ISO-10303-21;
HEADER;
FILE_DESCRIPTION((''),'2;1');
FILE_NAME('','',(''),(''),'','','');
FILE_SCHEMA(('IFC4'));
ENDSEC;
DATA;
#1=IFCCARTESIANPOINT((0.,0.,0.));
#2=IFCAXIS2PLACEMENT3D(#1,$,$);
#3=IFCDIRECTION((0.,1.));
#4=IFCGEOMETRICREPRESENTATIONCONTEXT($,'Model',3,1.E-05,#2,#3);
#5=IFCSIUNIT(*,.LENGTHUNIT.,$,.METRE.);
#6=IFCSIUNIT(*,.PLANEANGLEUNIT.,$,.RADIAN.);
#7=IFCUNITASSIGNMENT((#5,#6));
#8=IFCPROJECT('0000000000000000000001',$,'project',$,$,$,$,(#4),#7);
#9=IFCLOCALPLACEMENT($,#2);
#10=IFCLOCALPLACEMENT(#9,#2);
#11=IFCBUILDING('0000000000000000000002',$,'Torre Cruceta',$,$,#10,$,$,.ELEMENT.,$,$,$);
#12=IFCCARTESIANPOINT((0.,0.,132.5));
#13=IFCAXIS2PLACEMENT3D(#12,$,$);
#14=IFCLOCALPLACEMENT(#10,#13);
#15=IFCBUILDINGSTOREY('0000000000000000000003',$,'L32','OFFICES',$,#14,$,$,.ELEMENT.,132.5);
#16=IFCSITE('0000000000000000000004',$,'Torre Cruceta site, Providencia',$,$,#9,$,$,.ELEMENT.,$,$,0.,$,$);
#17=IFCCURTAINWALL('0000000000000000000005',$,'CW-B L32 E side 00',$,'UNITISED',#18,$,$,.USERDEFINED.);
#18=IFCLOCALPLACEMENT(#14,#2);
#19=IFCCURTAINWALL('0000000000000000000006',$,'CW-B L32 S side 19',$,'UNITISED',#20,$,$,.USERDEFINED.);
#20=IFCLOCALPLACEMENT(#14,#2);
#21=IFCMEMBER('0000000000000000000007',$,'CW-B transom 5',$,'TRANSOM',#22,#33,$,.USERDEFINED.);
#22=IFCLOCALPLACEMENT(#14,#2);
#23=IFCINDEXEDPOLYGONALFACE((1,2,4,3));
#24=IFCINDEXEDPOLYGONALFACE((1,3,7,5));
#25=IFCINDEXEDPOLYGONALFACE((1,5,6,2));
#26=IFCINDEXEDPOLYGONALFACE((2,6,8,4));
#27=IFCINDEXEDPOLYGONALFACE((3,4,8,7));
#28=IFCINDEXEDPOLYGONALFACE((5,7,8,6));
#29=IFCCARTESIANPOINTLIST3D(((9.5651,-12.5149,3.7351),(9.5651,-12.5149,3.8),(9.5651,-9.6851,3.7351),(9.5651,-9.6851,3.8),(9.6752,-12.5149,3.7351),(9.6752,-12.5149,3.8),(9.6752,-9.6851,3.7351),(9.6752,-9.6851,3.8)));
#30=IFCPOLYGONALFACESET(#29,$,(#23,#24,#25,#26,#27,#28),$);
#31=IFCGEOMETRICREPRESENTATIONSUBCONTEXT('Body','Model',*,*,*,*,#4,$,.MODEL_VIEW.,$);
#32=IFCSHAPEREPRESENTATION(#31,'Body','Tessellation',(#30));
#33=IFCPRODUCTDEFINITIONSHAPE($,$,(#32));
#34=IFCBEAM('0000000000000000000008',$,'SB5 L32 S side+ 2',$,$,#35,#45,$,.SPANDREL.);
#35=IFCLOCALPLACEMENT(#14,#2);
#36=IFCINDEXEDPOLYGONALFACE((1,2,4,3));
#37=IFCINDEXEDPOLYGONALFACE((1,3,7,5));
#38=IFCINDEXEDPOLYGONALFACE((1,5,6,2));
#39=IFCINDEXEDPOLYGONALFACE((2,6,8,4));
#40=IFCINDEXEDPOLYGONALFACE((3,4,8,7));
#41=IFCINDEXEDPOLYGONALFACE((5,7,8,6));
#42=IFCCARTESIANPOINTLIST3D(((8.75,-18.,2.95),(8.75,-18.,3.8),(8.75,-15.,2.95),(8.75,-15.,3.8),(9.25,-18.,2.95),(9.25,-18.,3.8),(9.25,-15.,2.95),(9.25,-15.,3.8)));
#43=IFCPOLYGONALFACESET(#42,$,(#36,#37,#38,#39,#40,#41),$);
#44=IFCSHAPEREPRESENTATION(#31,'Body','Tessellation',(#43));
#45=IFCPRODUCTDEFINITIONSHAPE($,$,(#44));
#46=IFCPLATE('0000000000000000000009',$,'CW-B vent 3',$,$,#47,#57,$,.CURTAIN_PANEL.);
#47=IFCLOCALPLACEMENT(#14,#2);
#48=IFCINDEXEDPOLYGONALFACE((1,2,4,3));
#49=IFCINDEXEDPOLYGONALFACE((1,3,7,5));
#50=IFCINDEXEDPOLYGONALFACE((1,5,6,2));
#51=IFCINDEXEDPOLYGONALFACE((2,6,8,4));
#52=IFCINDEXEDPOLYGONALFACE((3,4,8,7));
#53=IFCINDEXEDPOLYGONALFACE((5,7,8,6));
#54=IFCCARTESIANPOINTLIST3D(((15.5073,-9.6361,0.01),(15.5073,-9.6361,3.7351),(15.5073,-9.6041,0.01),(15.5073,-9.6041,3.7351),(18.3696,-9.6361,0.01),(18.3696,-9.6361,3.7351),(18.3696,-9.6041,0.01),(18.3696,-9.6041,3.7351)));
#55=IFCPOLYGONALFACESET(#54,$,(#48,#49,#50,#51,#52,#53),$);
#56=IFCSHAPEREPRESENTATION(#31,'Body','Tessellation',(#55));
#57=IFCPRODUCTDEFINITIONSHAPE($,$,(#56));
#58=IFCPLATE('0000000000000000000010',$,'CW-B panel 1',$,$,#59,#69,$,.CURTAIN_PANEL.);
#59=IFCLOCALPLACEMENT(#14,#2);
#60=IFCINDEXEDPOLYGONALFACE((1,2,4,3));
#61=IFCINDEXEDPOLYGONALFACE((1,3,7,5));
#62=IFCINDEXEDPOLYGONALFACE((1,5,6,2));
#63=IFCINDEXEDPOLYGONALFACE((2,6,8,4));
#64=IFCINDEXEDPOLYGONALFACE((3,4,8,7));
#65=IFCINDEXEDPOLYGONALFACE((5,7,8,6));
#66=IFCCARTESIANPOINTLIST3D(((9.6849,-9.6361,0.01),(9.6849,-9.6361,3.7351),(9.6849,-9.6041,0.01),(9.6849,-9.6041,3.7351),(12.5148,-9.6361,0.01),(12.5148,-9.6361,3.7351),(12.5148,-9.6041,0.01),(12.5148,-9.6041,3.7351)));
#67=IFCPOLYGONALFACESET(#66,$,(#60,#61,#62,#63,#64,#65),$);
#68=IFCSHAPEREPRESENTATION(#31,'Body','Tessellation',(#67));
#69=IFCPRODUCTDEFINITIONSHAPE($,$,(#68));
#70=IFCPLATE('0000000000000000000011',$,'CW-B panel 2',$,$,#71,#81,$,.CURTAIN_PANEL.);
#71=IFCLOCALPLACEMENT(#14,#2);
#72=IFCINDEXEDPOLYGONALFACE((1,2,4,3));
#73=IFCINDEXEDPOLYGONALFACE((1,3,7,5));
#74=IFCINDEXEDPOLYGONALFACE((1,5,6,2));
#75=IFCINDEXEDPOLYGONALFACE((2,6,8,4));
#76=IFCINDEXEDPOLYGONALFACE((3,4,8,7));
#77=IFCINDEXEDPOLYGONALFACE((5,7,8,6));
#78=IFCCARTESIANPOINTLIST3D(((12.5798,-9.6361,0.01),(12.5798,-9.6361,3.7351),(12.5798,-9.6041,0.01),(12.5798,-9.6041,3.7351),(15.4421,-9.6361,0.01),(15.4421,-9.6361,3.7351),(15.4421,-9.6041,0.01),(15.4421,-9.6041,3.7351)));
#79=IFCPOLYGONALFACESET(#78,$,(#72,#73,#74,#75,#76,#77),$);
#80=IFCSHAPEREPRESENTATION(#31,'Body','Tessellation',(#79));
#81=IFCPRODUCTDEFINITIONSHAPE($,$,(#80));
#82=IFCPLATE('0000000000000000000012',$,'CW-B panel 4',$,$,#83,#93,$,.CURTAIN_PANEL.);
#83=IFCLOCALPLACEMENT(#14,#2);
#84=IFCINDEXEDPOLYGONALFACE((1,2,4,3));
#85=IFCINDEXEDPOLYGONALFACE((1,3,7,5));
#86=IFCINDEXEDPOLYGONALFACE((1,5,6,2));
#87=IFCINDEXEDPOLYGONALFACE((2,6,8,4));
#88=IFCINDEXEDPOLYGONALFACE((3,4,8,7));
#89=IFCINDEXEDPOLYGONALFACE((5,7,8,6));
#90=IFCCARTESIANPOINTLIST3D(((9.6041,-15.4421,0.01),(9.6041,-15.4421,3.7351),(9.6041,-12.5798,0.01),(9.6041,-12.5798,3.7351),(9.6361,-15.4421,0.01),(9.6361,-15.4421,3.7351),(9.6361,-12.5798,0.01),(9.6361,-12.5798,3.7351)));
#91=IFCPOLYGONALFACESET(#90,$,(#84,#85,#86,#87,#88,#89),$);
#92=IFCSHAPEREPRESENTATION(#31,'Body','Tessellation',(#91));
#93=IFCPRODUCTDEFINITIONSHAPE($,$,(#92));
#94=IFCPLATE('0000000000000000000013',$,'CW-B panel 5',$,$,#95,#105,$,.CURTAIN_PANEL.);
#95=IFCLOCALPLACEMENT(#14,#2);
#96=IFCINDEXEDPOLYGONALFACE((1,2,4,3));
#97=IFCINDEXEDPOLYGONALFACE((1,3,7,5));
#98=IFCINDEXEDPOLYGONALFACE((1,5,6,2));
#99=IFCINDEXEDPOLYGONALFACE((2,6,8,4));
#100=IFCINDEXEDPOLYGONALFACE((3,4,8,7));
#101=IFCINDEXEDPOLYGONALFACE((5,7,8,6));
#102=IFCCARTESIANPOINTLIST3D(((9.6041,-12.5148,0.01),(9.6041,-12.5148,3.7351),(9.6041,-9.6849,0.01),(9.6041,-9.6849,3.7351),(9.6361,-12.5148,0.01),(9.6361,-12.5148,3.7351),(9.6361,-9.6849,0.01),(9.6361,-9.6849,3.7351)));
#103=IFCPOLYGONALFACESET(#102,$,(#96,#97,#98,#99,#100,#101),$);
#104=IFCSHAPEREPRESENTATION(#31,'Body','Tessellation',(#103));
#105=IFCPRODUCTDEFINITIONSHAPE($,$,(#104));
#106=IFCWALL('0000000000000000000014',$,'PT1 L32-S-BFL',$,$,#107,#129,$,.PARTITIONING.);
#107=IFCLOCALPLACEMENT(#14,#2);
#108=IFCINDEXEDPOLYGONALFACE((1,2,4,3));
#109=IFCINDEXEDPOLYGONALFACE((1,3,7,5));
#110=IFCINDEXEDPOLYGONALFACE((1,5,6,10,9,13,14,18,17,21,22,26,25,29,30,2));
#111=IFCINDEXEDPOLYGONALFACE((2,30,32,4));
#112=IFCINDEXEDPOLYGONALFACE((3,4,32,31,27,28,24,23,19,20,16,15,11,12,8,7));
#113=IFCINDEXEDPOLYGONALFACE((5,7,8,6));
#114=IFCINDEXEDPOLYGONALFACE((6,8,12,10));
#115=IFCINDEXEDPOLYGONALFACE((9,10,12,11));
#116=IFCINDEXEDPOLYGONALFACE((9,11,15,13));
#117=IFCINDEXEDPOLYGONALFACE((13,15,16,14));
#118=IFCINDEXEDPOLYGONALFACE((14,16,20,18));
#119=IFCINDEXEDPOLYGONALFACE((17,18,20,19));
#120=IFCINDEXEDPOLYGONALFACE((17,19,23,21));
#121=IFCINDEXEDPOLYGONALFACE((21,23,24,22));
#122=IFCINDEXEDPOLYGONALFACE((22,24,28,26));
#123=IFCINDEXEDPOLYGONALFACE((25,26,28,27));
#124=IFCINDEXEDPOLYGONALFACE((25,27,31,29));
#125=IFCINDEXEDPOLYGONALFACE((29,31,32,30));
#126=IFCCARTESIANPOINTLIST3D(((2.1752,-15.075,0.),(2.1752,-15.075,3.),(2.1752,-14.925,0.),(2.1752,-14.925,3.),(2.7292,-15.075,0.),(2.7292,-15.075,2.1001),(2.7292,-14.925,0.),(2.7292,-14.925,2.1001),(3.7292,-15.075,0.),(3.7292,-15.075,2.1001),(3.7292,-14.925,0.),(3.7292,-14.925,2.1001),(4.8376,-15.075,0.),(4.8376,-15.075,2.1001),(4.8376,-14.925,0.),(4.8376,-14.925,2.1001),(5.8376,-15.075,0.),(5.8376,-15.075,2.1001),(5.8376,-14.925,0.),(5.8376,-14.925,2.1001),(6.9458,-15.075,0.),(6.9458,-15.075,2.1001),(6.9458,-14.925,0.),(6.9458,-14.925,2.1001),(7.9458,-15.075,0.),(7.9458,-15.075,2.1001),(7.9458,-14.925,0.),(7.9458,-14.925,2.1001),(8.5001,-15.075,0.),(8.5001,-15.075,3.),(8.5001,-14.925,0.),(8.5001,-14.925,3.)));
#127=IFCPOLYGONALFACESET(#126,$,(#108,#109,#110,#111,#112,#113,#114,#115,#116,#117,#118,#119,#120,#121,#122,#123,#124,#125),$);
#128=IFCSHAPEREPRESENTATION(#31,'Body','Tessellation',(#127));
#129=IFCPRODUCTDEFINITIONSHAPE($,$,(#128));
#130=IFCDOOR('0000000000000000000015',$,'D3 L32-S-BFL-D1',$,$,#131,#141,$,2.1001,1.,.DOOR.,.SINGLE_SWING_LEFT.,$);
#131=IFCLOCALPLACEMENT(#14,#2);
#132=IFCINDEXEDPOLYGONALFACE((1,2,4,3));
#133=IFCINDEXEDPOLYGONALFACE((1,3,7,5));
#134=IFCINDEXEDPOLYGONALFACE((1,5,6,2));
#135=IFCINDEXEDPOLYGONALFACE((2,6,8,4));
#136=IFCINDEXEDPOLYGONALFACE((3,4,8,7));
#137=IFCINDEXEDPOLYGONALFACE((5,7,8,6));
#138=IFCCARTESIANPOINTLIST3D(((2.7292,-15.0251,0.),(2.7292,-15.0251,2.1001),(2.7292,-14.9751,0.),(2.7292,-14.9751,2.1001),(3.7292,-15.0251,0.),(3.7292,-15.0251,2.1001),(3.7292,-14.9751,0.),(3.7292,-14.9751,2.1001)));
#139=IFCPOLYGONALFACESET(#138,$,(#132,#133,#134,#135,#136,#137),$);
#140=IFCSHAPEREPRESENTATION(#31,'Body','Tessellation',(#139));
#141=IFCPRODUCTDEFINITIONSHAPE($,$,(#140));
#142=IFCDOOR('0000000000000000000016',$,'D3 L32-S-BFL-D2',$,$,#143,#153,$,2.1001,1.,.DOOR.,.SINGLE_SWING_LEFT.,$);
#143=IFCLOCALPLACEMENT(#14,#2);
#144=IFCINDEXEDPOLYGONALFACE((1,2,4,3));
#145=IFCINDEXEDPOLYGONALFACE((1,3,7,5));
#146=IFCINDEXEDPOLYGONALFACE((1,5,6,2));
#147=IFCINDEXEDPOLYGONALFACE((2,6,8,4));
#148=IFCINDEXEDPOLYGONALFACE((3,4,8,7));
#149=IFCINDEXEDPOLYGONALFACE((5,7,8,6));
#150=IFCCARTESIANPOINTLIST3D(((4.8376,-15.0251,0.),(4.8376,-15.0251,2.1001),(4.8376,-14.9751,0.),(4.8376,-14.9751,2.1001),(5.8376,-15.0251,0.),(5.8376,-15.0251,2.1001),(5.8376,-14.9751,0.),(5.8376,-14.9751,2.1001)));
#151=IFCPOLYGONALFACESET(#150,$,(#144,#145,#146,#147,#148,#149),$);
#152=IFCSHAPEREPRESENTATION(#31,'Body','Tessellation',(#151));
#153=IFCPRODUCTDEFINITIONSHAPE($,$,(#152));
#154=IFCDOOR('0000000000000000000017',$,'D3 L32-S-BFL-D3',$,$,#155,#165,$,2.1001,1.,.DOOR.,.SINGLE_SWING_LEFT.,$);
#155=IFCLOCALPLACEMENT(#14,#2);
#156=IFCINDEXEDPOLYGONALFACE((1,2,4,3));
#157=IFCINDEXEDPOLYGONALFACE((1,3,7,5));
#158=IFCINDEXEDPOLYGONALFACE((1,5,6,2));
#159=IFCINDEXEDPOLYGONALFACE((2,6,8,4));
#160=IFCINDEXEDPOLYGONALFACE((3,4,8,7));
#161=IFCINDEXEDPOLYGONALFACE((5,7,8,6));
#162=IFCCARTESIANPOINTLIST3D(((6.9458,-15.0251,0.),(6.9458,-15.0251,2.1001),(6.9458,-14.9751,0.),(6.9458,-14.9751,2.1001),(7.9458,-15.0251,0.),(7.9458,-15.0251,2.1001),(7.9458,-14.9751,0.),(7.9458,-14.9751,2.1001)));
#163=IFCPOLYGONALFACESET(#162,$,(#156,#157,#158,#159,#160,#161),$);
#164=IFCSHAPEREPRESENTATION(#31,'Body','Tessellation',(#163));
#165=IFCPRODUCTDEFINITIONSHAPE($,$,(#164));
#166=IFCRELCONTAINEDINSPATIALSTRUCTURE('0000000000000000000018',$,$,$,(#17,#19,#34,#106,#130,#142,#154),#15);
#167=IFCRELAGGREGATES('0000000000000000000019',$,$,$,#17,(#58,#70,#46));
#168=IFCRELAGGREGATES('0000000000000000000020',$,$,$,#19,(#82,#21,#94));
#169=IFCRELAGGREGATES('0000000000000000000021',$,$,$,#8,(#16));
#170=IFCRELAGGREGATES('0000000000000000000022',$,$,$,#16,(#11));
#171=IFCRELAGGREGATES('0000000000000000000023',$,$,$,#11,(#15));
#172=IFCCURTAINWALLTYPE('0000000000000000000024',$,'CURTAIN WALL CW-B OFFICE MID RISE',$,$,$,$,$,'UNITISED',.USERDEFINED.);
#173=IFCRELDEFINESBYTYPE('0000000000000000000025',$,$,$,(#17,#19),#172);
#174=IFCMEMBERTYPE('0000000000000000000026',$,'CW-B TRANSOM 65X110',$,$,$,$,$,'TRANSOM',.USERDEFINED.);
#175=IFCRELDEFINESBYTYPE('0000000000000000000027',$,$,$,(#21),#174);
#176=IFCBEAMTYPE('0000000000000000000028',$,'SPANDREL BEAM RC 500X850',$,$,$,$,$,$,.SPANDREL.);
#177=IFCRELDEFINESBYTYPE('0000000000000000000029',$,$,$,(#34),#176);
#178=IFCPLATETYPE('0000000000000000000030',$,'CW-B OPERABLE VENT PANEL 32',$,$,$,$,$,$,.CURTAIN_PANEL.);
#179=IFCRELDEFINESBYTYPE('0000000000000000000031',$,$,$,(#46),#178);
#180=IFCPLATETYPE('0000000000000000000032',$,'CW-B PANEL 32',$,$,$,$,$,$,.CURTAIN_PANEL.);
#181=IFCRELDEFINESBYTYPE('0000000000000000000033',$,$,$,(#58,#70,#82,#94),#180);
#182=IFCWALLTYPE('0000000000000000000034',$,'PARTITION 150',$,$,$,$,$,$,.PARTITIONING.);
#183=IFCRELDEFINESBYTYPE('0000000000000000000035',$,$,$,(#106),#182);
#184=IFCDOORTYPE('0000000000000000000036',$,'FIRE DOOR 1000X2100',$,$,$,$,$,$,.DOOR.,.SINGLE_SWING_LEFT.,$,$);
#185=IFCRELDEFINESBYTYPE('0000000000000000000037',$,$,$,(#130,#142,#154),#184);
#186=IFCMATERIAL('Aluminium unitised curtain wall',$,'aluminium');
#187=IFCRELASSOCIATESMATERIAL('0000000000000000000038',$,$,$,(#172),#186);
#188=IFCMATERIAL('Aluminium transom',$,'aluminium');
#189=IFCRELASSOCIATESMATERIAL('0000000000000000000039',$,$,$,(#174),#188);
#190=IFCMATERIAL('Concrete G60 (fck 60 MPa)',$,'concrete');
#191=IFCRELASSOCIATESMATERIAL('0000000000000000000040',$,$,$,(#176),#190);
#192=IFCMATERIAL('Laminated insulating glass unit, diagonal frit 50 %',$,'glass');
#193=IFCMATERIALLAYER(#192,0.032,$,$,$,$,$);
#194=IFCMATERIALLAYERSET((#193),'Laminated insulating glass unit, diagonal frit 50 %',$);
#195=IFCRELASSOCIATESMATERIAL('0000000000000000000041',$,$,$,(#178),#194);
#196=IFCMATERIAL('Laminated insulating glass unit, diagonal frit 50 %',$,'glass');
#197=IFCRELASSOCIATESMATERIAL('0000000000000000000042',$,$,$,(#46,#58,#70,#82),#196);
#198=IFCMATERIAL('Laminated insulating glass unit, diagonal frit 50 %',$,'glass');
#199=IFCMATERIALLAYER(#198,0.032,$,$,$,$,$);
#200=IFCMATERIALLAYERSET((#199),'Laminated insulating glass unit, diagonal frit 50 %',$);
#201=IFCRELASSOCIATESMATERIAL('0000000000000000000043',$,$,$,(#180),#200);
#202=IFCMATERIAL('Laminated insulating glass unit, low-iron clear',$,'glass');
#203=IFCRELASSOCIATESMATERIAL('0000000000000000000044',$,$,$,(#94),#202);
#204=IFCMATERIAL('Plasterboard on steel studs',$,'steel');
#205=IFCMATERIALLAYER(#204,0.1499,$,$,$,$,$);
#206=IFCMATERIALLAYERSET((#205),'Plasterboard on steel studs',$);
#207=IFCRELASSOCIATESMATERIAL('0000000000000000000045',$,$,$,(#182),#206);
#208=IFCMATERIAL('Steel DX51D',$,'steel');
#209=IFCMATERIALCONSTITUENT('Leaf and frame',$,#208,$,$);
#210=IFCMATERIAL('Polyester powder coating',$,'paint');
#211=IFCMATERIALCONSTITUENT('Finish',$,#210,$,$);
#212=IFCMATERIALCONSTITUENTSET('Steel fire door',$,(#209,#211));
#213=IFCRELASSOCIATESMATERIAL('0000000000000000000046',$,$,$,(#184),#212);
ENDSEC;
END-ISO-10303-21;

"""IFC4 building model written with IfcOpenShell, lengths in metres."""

from ifc_helpers import new_model, si_unit, direction, frame, frame_2d, origin, origin_2d, place, context, subcontext, project, spatial, rectangle, extrude, material, layer, layer_set, constituent, constituent_set, material_profile, profile_set, type_object, element, fill, aggregate, save


model = new_model("IFC4")

# Units and contexts
model_context = context("Model", 3, precision=1e-05, world=origin(), true_north=direction((0.0, 1.0)))
body_context = subcontext(model_context, "Body", "Model", "MODEL_VIEW")
ifc_project = project(units=[si_unit("LENGTHUNIT", "METRE"), si_unit("PLANEANGLEUNIT", "RADIAN")], contexts=[model_context])

# Site, building, storey
site_placement = place(None, origin())
site = spatial("IfcSite", under=ifc_project, at=site_placement, Name="Torre Cruceta site, Providencia", CompositionType="ELEMENT", RefElevation=0.0)
building_placement = place(site_placement, origin())
building = spatial("IfcBuilding", under=site, at=building_placement, Name="Torre Cruceta", CompositionType="ELEMENT")
storey_placement = place(building_placement, frame((0.0, 0.0, 132.5)))
storey = spatial("IfcBuildingStorey", under=building, at=storey_placement, Name="L32", Description="OFFICES", CompositionType="ELEMENT", Elevation=132.5)

# Curtain walls
ifc_material_1 = material(Name="Aluminium unitised curtain wall", Category="aluminium")
curtain_wall_type = type_object("IfcCurtainWallType", Name="CURTAIN WALL CW-B OFFICE MID RISE", ElementType="UNITISED", PredefinedType="USERDEFINED", material=ifc_material_1)
curtain_wall_1_placement = place(storey_placement, origin())
curtain_wall_1 = element("IfcCurtainWall", 1, at=curtain_wall_1_placement, inside=storey, type_object=curtain_wall_type, Name="CW-B L32 E side 00", ObjectType="UNITISED", PredefinedType="USERDEFINED")
curtain_wall_2_placement = place(storey_placement, origin())
curtain_wall_2 = element("IfcCurtainWall", 2, at=curtain_wall_2_placement, inside=storey, type_object=curtain_wall_type, Name="CW-B L32 S side 19", ObjectType="UNITISED", PredefinedType="USERDEFINED")

# Member
ifc_material_2 = material(Name="Aluminium transom", Category="aluminium")
ifc_material_profile_1 = material_profile(ifc_material_2, rectangle(XDim=0.1101, YDim=0.0649, at=origin_2d()), Name="AL 110X65")
ifc_profile_set_1 = profile_set([ifc_material_profile_1], Name="Aluminium transom")
member_type_1 = type_object("IfcMemberType", Name="CW-B TRANSOM 65X110", ElementType="TRANSOM", PredefinedType="USERDEFINED", material=ifc_profile_set_1)
member_1_placement = place(storey_placement, frame((9.6201, -12.5149, 3.7676), z_axis=(0.0, 1.0, 0.0), x_axis=(-1.0, 0.0, 0.0)))
member_1 = element("IfcMember", 3, at=member_1_placement, type_object=member_type_1, Name="CW-B transom 5", ObjectType="TRANSOM", PredefinedType="USERDEFINED", context=body_context, shape_type="SweptSolid", body=[
    extrude(rectangle(XDim=0.1101, YDim=0.0649, at=origin_2d()), origin(), (0.0, 0.0, 1.0), 2.8298),
])

# Beam
ifc_material_3 = material(Name="Concrete G60 (fck 60 MPa)", Category="concrete")
ifc_material_profile_2 = material_profile(ifc_material_3, rectangle(XDim=0.5, YDim=0.8501, at=origin_2d()), Name="RC 500X850")
ifc_profile_set_2 = profile_set([ifc_material_profile_2], Name="Concrete G60 (fck 60 MPa)")
beam_type_1 = type_object("IfcBeamType", Name="SPANDREL BEAM RC 500X850", PredefinedType="SPANDREL", material=ifc_profile_set_2)
beam_1_placement = place(storey_placement, frame((9.0, -15.0, 3.375), z_axis=(0.0, -1.0, 0.0), x_axis=(1.0, 0.0, 0.0)))
element("IfcBeam", 4, at=beam_1_placement, inside=storey, type_object=beam_type_1, Name="SB5 L32 S side+ 2", PredefinedType="SPANDREL", context=body_context, shape_type="SweptSolid", body=[
    extrude(rectangle(XDim=0.5, YDim=0.8501, at=origin_2d()), origin(), (0.0, 0.0, 1.0), 3.0),
])

# Plates
ifc_material_4 = material(Name="Laminated insulating glass unit, diagonal frit 50 %", Category="glass")
ifc_material_5 = material(Name="Laminated insulating glass unit, diagonal frit 50 %", Category="glass")
ifc_layer_1 = layer(ifc_material_5, 0.032)
ifc_layer_set_1 = layer_set([ifc_layer_1], Name="Laminated insulating glass unit, diagonal frit 50 %")
plate_type_1 = type_object("IfcPlateType", Name="CW-B OPERABLE VENT PANEL 32", PredefinedType="CURTAIN_PANEL", material=ifc_layer_set_1)
plate_1_placement = place(storey_placement, frame((16.9385, -9.6201, 0.01), z_axis=(0.0, 0.0, 1.0), x_axis=(1.0, 0.0, 0.0)))
plate_1 = element("IfcPlate", 5, at=plate_1_placement, type_object=plate_type_1, material=ifc_material_4, Name="CW-B vent 3", PredefinedType="CURTAIN_PANEL", context=body_context, shape_type="SweptSolid", body=[
    extrude(rectangle(XDim=2.8623, YDim=0.032, at=origin_2d()), origin(), (0.0, 0.0, 1.0), 3.7251),
])
ifc_material_6 = material(Name="Laminated insulating glass unit, diagonal frit 50 %", Category="glass")
ifc_layer_2 = layer(ifc_material_6, 0.032)
ifc_layer_set_2 = layer_set([ifc_layer_2], Name="Laminated insulating glass unit, diagonal frit 50 %")
plate_type_2 = type_object("IfcPlateType", Name="CW-B PANEL 32", PredefinedType="CURTAIN_PANEL", material=ifc_layer_set_2)
plate_2_placement = place(storey_placement, frame((11.0999, -9.6201, 0.01), z_axis=(0.0, 0.0, 1.0), x_axis=(1.0, 0.0, 0.0)))
plate_2 = element("IfcPlate", 6, at=plate_2_placement, type_object=plate_type_2, material=ifc_material_4, Name="CW-B panel 1", PredefinedType="CURTAIN_PANEL", context=body_context, shape_type="SweptSolid", body=[
    extrude(rectangle(XDim=2.8298, YDim=0.032, at=origin_2d()), origin(), (0.0, 0.0, 1.0), 3.7251),
])
plate_3_placement = place(storey_placement, frame((14.011, -9.6201, 0.01), z_axis=(0.0, 0.0, 1.0), x_axis=(1.0, 0.0, 0.0)))
plate_3 = element("IfcPlate", 7, at=plate_3_placement, type_object=plate_type_2, material=ifc_material_4, Name="CW-B panel 2", PredefinedType="CURTAIN_PANEL", context=body_context, shape_type="SweptSolid", body=[
    extrude(rectangle(XDim=2.8623, YDim=0.032, at=origin_2d()), origin(), (0.0, 0.0, 1.0), 3.7251),
])
aggregate(curtain_wall_1, [plate_2, plate_3, plate_1])
plate_4_placement = place(storey_placement, frame((9.6201, -14.011, 0.01), z_axis=(0.0, 0.0, 1.0), x_axis=(0.0, 1.0, 0.0)))
plate_4 = element("IfcPlate", 8, at=plate_4_placement, type_object=plate_type_2, material=ifc_material_4, Name="CW-B panel 4", PredefinedType="CURTAIN_PANEL", context=body_context, shape_type="SweptSolid", body=[
    extrude(rectangle(XDim=2.8623, YDim=0.032, at=origin_2d()), origin(), (0.0, 0.0, 1.0), 3.7251),
])
ifc_material_7 = material(Name="Laminated insulating glass unit, low-iron clear", Category="glass")
plate_5_placement = place(storey_placement, frame((9.6201, -11.0999, 0.01), z_axis=(0.0, 0.0, 1.0), x_axis=(0.0, 1.0, 0.0)))
plate_5 = element("IfcPlate", 9, at=plate_5_placement, type_object=plate_type_2, material=ifc_material_7, Name="CW-B panel 5", PredefinedType="CURTAIN_PANEL", context=body_context, shape_type="SweptSolid", body=[
    extrude(rectangle(XDim=2.8298, YDim=0.032, at=origin_2d()), origin(), (0.0, 0.0, 1.0), 3.7251),
])
aggregate(curtain_wall_2, [plate_4, member_1, plate_5])

# Wall, openings, doors
ifc_material_8 = material(Name="Plasterboard on steel studs", Category="steel")
ifc_layer_3 = layer(ifc_material_8, 0.1499)
ifc_layer_set_3 = layer_set([ifc_layer_3], Name="Plasterboard on steel studs")
wall_type_1 = type_object("IfcWallType", Name="PARTITION 150", PredefinedType="PARTITIONING", material=ifc_layer_set_3)
wall_1_placement = place(storey_placement, frame((2.175, -15.0, 0.0), z_axis=(0.0, 0.0, 1.0), x_axis=(1.0, 0.0, 0.0)))
wall_1 = element("IfcWall", 10, at=wall_1_placement, inside=storey, type_object=wall_type_1, Name="PT1 L32-S-BFL", PredefinedType="PARTITIONING", context=body_context, shape_type="SweptSolid", body=[
    extrude(rectangle(XDim=6.325, YDim=0.1499, at=frame_2d((3.1626, 0.0))), origin(), (0.0, 0.0, 1.0), 3.0),
])
opening_1_placement = place(wall_1_placement, frame((0.5542, 0.0, 0.0)))
opening_1 = element("IfcOpeningElement", 11, at=opening_1_placement, cuts=wall_1, PredefinedType="OPENING", context=body_context, shape_type="SweptSolid", body=[
    extrude(rectangle(XDim=1.0, YDim=2.1001, at=frame_2d((0.5, 1.05))), frame((0.0, 0.085, 0.0), z_axis=(0.0, -1.0, 0.0), x_axis=(1.0, 0.0, 0.0)), (0.0, 0.0, 1.0), 0.1699),
])
opening_2_placement = place(wall_1_placement, frame((2.6626, 0.0, 0.0)))
opening_2 = element("IfcOpeningElement", 12, at=opening_2_placement, cuts=wall_1, PredefinedType="OPENING", context=body_context, shape_type="SweptSolid", body=[
    extrude(rectangle(XDim=1.0, YDim=2.1001, at=frame_2d((0.5, 1.05))), frame((0.0, 0.085, 0.0), z_axis=(0.0, -1.0, 0.0), x_axis=(1.0, 0.0, 0.0)), (0.0, 0.0, 1.0), 0.1699),
])
opening_3_placement = place(wall_1_placement, frame((4.7708, 0.0, 0.0)))
opening_3 = element("IfcOpeningElement", 13, at=opening_3_placement, cuts=wall_1, PredefinedType="OPENING", context=body_context, shape_type="SweptSolid", body=[
    extrude(rectangle(XDim=1.0, YDim=2.1001, at=frame_2d((0.5, 1.05))), frame((0.0, 0.085, 0.0), z_axis=(0.0, -1.0, 0.0), x_axis=(1.0, 0.0, 0.0)), (0.0, 0.0, 1.0), 0.1699),
])
ifc_material_9 = material(Name="Steel DX51D", Category="steel")
ifc_constituent_1 = constituent(ifc_material_9, Name="Leaf and frame")
ifc_material_10 = material(Name="Polyester powder coating", Category="paint")
ifc_constituent_2 = constituent(ifc_material_10, Name="Finish")
ifc_constituent_set = constituent_set(constituents=[ifc_constituent_1, ifc_constituent_2], Name="Steel fire door")
door_type = type_object("IfcDoorType", Name="FIRE DOOR 1000X2100", OperationType="SINGLE_SWING_LEFT", PredefinedType="DOOR", material=ifc_constituent_set)
door_1_placement = place(opening_1_placement, origin())
door_1 = element("IfcDoor", 14, at=door_1_placement, inside=storey, type_object=door_type, Name="D3 L32-S-BFL-D1", OperationType="SINGLE_SWING_LEFT", OverallHeight=2.1001, OverallWidth=1.0, PredefinedType="DOOR", context=body_context, shape_type="SweptSolid", body=[
    extrude(rectangle(XDim=1.0, YDim=2.1001, at=frame_2d((0.5, 1.05))), frame((0.0, 0.0249, 0.0), z_axis=(0.0, -1.0, 0.0), x_axis=(1.0, 0.0, 0.0)), (0.0, 0.0, 1.0), 0.05),
])
fill(opening_1, door_1)
door_2_placement = place(opening_2_placement, origin())
door_2 = element("IfcDoor", 15, at=door_2_placement, inside=storey, type_object=door_type, Name="D3 L32-S-BFL-D2", OperationType="SINGLE_SWING_LEFT", OverallHeight=2.1001, OverallWidth=1.0, PredefinedType="DOOR", context=body_context, shape_type="SweptSolid", body=[
    extrude(rectangle(XDim=1.0, YDim=2.1001, at=frame_2d((0.5, 1.05))), frame((0.0, 0.0249, 0.0), z_axis=(0.0, -1.0, 0.0), x_axis=(1.0, 0.0, 0.0)), (0.0, 0.0, 1.0), 0.05),
])
fill(opening_2, door_2)
door_3_placement = place(opening_3_placement, origin())
door_3 = element("IfcDoor", 16, at=door_3_placement, inside=storey, type_object=door_type, Name="D3 L32-S-BFL-D3", OperationType="SINGLE_SWING_LEFT", OverallHeight=2.1001, OverallWidth=1.0, PredefinedType="DOOR", context=body_context, shape_type="SweptSolid", body=[
    extrude(rectangle(XDim=1.0, YDim=2.1001, at=frame_2d((0.5, 1.05))), frame((0.0, 0.0249, 0.0), z_axis=(0.0, -1.0, 0.0), x_axis=(1.0, 0.0, 0.0)), (0.0, 0.0, 1.0), 0.05),
])
fill(opening_3, door_3)

save(model, "model.ifc")
